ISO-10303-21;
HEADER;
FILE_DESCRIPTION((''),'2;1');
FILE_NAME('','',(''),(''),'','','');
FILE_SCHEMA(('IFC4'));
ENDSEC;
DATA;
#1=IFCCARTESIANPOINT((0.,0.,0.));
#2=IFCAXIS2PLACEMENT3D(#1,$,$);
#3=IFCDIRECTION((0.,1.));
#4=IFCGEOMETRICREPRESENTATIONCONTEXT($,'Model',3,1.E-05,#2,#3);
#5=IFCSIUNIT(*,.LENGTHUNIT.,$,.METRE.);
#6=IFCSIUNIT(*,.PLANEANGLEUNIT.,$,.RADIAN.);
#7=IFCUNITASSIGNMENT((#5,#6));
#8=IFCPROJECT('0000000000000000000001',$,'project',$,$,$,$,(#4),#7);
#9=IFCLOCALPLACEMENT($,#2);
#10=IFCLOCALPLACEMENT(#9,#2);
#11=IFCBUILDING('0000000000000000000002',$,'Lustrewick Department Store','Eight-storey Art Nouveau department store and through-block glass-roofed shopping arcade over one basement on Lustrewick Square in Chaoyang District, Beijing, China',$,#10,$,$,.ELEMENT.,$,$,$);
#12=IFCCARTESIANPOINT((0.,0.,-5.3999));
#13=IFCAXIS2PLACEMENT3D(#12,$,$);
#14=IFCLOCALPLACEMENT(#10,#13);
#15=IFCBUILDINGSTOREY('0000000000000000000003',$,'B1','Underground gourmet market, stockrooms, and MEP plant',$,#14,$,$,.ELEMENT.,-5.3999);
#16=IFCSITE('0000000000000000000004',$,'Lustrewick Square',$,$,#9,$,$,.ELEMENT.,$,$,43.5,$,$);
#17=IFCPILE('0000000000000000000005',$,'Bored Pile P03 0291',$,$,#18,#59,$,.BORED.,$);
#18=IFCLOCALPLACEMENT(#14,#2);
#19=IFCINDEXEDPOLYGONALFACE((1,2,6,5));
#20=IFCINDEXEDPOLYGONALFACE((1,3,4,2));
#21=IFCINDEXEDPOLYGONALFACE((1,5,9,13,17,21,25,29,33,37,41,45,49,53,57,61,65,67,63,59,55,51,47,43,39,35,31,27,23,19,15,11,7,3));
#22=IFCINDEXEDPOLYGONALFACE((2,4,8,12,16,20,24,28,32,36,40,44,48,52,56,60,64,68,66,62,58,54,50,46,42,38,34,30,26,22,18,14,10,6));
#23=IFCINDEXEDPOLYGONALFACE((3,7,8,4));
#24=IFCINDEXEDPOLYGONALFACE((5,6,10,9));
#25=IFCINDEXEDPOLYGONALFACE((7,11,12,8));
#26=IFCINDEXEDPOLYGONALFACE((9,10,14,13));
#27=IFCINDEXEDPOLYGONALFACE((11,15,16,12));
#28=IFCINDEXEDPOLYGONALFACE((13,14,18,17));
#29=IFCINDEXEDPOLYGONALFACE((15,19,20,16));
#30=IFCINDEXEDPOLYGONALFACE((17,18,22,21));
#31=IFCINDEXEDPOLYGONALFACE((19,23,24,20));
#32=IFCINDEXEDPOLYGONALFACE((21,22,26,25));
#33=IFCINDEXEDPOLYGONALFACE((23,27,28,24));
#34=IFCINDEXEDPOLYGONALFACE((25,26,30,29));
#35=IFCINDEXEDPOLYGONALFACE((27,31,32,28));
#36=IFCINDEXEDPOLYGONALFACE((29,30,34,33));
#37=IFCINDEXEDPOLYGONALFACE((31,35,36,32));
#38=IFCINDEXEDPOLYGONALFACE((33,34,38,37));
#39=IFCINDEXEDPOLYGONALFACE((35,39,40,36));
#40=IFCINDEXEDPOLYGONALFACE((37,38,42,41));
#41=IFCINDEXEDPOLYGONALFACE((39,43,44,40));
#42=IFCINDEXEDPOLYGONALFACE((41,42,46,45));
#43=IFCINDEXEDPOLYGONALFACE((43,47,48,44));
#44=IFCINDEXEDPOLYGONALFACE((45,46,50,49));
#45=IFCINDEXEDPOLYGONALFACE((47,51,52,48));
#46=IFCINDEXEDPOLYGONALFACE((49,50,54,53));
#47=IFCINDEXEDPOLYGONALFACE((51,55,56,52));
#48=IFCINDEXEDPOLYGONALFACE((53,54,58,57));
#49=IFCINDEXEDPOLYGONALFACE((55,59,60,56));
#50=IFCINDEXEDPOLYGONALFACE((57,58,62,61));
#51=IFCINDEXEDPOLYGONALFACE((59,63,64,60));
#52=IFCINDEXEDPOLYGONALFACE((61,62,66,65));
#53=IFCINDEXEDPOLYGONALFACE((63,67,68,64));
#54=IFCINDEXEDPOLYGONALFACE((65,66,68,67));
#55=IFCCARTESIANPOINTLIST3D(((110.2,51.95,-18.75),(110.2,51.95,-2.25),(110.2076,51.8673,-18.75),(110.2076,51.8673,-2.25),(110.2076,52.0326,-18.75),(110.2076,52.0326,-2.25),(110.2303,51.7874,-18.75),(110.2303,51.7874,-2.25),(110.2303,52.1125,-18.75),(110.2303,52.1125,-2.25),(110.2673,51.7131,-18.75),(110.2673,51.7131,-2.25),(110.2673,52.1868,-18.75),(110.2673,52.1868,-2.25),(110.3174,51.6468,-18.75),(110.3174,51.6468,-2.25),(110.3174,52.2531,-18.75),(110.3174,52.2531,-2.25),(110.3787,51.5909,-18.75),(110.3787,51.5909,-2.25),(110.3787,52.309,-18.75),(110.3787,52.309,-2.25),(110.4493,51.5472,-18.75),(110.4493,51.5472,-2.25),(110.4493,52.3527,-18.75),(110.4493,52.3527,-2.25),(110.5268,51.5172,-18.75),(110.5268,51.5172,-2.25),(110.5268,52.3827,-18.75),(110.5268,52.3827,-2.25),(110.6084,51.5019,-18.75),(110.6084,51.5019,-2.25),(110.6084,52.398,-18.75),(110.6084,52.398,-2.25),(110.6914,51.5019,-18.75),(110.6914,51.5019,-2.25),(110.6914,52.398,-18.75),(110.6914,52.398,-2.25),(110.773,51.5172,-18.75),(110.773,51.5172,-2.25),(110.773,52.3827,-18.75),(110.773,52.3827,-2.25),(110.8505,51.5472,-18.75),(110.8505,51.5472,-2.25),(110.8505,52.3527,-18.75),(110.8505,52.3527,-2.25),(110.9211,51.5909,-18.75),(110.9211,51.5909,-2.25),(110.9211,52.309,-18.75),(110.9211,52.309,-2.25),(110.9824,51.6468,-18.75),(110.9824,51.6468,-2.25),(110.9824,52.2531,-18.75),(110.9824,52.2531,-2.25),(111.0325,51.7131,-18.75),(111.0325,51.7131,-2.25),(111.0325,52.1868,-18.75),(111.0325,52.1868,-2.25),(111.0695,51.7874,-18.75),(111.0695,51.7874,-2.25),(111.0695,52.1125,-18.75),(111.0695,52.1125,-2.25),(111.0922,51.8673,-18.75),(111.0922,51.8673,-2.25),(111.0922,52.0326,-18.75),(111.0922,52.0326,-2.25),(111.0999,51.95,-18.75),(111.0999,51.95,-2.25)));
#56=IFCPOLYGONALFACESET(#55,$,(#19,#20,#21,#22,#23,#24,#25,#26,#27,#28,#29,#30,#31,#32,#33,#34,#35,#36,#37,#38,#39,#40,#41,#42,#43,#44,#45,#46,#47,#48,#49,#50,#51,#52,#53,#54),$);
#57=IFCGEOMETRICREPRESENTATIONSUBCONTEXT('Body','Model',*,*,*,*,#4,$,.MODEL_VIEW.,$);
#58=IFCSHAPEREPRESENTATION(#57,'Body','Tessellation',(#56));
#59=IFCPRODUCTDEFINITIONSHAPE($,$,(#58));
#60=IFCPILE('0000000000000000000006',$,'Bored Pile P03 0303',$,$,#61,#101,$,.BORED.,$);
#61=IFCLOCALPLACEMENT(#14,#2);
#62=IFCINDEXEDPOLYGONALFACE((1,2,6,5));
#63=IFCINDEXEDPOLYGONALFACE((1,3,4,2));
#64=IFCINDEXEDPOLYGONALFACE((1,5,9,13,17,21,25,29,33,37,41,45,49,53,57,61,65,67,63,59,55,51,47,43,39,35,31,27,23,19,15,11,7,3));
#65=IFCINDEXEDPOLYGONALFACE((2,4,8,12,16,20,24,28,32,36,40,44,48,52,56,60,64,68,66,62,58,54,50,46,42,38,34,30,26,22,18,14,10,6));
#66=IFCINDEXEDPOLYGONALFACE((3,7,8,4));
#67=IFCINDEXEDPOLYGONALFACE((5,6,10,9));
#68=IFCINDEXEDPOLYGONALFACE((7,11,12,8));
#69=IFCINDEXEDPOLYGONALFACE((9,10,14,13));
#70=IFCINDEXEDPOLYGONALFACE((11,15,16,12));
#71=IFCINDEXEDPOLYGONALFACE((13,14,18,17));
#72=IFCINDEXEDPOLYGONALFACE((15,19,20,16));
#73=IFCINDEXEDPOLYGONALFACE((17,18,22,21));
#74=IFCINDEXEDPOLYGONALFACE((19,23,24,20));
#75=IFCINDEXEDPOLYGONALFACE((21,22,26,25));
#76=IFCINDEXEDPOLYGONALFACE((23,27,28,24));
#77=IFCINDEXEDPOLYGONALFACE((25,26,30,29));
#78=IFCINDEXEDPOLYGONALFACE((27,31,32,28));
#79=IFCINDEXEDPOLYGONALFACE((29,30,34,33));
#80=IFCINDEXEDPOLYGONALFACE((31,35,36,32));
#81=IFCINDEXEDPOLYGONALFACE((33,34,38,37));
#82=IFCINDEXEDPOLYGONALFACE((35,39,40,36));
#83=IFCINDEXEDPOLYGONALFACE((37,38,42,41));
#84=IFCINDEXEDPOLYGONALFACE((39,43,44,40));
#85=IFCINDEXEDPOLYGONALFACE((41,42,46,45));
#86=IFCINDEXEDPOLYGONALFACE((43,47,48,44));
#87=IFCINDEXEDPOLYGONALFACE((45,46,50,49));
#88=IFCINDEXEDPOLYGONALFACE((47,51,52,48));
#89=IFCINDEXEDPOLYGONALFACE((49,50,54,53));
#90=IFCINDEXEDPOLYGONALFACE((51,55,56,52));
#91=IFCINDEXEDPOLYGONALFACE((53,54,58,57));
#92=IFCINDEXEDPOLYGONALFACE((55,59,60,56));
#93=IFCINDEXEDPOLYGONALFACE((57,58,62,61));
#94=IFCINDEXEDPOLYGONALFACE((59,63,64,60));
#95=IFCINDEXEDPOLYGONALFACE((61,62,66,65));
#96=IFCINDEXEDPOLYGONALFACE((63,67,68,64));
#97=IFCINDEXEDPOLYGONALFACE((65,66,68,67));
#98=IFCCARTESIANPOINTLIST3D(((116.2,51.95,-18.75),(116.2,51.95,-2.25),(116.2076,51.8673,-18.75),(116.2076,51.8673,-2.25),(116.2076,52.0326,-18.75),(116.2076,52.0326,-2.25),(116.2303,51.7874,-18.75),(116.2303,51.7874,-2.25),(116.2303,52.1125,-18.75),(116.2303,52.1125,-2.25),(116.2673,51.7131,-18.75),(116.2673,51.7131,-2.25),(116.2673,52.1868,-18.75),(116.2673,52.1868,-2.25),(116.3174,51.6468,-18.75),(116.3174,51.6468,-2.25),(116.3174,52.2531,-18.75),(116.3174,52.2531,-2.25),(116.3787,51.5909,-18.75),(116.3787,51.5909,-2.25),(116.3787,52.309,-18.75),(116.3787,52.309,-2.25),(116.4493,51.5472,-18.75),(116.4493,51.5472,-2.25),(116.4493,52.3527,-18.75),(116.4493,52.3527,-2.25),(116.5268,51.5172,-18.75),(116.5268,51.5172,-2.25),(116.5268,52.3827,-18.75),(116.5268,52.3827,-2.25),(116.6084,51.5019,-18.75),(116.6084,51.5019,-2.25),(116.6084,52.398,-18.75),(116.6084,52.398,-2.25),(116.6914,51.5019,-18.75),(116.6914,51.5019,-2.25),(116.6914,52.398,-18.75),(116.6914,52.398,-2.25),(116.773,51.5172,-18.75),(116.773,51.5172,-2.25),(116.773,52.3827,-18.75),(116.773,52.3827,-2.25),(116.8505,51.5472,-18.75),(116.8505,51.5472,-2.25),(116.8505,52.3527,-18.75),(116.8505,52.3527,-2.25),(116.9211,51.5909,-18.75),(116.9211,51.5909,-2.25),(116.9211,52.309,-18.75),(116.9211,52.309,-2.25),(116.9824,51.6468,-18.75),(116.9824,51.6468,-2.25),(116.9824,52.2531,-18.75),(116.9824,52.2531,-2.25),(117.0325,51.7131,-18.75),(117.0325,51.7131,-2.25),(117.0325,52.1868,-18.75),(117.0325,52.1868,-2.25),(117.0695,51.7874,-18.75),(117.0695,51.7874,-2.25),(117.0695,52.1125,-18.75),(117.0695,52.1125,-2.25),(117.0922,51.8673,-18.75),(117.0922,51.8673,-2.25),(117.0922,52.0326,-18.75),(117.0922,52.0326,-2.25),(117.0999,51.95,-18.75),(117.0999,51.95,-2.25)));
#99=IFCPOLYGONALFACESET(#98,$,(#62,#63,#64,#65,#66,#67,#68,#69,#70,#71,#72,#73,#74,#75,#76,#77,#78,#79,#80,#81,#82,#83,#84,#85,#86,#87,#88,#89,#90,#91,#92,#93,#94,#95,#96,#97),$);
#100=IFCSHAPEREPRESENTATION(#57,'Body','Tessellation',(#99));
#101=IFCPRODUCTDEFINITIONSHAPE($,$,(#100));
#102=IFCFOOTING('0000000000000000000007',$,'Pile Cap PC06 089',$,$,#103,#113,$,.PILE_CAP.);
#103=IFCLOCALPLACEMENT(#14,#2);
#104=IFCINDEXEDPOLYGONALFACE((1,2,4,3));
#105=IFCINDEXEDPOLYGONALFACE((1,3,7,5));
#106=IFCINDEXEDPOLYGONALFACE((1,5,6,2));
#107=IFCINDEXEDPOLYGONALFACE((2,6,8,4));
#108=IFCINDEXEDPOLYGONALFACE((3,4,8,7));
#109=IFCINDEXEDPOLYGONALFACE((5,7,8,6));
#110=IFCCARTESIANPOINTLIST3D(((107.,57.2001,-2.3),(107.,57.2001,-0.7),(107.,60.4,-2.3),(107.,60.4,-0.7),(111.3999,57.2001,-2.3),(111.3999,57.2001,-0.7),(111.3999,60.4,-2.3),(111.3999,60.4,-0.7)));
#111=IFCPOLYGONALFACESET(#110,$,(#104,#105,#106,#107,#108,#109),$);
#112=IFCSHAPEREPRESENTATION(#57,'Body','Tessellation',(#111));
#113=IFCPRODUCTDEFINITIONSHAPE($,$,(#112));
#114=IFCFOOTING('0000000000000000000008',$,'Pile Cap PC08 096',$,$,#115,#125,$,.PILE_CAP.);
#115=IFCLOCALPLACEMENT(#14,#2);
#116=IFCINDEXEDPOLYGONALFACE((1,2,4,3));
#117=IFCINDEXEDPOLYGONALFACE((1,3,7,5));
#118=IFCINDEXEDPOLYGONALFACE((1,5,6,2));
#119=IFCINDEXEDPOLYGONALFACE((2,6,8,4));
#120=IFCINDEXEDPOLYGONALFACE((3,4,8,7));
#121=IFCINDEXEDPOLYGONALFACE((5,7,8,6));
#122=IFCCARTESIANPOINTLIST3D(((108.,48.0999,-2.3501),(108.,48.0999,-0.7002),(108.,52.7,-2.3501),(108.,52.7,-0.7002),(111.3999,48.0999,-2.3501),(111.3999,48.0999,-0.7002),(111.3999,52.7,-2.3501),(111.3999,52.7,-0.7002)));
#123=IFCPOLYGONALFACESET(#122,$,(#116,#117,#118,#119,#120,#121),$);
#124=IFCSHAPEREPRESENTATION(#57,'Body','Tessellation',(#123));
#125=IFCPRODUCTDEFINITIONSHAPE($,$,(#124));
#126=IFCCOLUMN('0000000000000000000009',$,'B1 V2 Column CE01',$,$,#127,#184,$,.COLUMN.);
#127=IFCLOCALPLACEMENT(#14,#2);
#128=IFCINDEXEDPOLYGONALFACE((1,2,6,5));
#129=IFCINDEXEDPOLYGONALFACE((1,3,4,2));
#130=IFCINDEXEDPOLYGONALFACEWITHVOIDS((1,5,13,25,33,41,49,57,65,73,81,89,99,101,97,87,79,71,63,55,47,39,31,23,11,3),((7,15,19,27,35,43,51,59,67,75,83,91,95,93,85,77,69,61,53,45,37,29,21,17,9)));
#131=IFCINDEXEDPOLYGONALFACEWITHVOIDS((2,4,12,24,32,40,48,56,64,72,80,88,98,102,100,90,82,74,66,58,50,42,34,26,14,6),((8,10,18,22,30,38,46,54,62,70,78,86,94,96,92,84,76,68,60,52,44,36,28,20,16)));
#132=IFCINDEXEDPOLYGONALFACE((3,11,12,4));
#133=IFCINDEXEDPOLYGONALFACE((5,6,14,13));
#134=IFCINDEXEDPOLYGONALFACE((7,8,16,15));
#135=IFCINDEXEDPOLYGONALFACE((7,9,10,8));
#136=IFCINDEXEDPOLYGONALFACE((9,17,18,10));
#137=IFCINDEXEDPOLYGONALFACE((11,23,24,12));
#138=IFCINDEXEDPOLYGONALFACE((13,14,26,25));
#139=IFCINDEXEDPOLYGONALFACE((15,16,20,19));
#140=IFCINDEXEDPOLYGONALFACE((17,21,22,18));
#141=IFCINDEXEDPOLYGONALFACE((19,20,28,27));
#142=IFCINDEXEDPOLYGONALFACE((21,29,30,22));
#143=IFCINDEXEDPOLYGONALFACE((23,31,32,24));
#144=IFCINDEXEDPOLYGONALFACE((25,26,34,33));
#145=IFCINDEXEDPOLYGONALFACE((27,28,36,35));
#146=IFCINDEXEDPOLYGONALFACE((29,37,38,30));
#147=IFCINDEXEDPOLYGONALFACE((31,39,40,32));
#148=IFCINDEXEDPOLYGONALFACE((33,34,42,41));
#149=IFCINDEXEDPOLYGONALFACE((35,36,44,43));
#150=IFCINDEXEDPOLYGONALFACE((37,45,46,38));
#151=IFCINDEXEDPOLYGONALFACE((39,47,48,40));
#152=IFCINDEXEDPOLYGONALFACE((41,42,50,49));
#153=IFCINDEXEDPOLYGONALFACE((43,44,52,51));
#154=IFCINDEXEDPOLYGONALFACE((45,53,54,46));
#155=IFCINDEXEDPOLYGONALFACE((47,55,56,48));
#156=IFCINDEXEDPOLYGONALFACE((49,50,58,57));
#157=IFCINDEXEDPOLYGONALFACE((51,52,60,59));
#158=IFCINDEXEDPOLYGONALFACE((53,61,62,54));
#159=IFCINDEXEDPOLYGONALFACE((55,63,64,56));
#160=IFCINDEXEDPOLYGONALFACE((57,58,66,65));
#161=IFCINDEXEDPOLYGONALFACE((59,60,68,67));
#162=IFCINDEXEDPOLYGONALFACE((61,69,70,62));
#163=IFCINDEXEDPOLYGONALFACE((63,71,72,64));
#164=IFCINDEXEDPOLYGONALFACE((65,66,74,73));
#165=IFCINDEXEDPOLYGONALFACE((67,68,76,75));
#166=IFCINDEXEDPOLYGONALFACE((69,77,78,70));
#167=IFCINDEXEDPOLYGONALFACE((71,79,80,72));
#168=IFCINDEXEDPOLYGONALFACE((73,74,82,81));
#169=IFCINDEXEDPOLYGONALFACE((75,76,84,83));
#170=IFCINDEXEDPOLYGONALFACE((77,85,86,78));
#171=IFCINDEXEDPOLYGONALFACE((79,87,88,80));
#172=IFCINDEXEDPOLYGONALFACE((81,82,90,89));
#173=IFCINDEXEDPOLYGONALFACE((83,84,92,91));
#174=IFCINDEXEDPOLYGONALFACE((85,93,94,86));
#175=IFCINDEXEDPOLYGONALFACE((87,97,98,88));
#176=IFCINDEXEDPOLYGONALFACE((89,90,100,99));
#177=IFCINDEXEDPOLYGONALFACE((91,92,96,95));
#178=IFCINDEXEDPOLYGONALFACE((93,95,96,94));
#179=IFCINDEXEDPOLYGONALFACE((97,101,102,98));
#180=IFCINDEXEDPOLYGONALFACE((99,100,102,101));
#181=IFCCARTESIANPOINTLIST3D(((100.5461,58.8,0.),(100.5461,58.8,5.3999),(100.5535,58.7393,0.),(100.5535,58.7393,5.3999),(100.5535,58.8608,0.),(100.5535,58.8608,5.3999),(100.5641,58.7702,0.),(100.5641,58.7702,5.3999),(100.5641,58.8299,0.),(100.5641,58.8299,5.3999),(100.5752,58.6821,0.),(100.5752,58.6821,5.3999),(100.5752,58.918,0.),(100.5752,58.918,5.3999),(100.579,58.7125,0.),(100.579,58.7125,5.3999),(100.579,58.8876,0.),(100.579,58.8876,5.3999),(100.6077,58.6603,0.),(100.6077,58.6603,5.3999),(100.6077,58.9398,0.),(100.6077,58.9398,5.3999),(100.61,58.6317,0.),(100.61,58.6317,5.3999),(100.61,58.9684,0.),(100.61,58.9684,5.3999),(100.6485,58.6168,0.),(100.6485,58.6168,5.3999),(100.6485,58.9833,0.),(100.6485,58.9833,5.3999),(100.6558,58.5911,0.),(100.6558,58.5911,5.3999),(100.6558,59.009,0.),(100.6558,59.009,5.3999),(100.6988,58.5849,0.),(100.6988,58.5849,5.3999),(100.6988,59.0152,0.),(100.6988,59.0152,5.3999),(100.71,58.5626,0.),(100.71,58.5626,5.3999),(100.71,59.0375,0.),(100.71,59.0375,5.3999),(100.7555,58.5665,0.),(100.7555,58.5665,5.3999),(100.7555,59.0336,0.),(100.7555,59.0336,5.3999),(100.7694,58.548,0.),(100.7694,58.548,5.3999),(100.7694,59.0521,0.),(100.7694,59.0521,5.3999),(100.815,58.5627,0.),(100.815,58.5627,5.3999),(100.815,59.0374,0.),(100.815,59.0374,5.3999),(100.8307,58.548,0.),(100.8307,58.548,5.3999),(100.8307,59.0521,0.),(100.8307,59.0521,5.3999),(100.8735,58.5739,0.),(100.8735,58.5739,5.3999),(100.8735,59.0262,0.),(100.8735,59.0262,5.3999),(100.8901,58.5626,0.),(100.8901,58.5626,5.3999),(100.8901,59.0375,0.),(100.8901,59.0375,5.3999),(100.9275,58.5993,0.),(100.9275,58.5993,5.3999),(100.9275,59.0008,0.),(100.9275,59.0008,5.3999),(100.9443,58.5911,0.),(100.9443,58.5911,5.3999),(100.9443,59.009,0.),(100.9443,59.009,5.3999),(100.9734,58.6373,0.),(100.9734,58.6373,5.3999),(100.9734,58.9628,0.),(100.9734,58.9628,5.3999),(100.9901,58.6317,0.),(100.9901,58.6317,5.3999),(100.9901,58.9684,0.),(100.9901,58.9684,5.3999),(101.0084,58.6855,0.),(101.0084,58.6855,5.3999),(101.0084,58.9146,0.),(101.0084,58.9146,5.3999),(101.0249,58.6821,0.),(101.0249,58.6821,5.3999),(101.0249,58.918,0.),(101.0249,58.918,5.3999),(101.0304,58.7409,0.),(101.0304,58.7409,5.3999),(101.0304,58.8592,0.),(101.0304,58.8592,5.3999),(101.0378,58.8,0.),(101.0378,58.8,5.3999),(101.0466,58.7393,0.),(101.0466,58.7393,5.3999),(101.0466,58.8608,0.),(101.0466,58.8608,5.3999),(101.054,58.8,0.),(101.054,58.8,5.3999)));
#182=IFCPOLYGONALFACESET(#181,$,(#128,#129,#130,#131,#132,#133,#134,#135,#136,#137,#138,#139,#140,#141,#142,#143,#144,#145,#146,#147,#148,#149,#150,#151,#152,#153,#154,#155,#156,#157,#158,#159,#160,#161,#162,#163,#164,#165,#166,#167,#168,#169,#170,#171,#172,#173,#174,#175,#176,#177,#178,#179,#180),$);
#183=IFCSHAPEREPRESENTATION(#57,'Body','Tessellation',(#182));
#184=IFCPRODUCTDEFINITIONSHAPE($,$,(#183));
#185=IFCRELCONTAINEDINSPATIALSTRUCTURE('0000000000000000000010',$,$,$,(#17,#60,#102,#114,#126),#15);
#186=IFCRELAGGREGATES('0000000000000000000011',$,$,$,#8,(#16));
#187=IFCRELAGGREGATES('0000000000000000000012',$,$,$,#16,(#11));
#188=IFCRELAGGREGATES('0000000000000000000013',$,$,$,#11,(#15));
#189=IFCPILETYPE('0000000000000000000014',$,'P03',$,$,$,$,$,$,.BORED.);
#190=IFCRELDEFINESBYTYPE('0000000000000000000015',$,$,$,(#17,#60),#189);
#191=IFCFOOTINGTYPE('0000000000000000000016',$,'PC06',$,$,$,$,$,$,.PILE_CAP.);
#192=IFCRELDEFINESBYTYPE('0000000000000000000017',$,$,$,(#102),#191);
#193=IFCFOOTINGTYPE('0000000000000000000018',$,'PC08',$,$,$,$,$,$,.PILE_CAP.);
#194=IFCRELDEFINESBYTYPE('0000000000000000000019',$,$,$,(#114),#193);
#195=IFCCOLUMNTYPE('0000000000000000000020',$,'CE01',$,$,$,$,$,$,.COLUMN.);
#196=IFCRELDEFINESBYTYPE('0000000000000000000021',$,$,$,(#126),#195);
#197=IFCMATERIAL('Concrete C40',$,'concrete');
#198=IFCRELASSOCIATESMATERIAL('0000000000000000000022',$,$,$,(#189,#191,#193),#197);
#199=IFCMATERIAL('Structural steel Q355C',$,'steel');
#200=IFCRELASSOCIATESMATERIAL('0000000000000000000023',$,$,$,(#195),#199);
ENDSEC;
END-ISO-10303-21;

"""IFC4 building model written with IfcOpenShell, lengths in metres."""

from ifc_helpers import new_model, si_unit, direction, frame, origin, origin_2d, place, context, subcontext, project, spatial, rectangle, circle, hollow_circle, extrude, material, material_profile, profile_set, type_object, element, save


model = new_model("IFC4")

# Units and contexts
model_context = context("Model", 3, precision=1e-05, world=origin(), true_north=direction((0.0, 1.0)))
body_context = subcontext(model_context, "Body", "Model", "MODEL_VIEW")
ifc_project = project(units=[si_unit("LENGTHUNIT", "METRE"), si_unit("PLANEANGLEUNIT", "RADIAN")], contexts=[model_context])

# Site, building, storey
site_placement = place(None, origin())
site = spatial("IfcSite", under=ifc_project, at=site_placement, Name="Lustrewick Square", CompositionType="ELEMENT", RefElevation=43.5)
building_placement = place(site_placement, origin())
building = spatial("IfcBuilding", under=site, at=building_placement, Name="Lustrewick Department Store", Description="Eight-storey Art Nouveau department store and through-block glass-roofed shopping arcade over one basement on Lustrewick Square in Chaoyang District, Beijing, China", CompositionType="ELEMENT")
storey_placement = place(building_placement, frame((0.0, 0.0, -5.3999)))
storey = spatial("IfcBuildingStorey", under=building, at=storey_placement, Name="B1", Description="Underground gourmet market, stockrooms, and MEP plant", CompositionType="ELEMENT", Elevation=-5.3999)

# Piles
ifc_material_1 = material(Name="Concrete C40", Category="concrete")
ifc_material_profile_1 = material_profile(ifc_material_1, circle(Radius=0.45, at=origin_2d()), Name="PILE D900")
ifc_profile_set_1 = profile_set([ifc_material_profile_1], Name="Concrete C40")
pile_type_1 = type_object("IfcPileType", Name="P03", PredefinedType="BORED", material=ifc_profile_set_1)
for number, where, z_axis, x_axis, name in (
    (1, (110.6499, 51.95, -2.25), (0.0, 0.0, -1.0), (1.0, 0.0, 0.0), "Bored Pile P03 0291"),
    (2, (116.6499, 51.95, -2.25), (0.0, 0.0, -1.0), (1.0, 0.0, 0.0), "Bored Pile P03 0303"),
):
    element("IfcPile", number, at=place(storey_placement, frame(where, z_axis=z_axis, x_axis=x_axis)), inside=storey, type_object=pile_type_1, Name=name, PredefinedType="BORED", context=body_context, shape_type="SweptSolid", body=[
        extrude(circle(Radius=0.45, at=origin_2d()), origin(), (0.0, 0.0, 1.0), 16.5),
    ])

# Footings
footing_type_1 = type_object("IfcFootingType", Name="PC06", PredefinedType="PILE_CAP", material=ifc_material_1)
footing_1_placement = place(storey_placement, frame((109.2, 58.8, -2.3), z_axis=(0.0, 0.0, 1.0), x_axis=(1.0, 0.0, 0.0)))
element("IfcFooting", 3, at=footing_1_placement, inside=storey, type_object=footing_type_1, Name="Pile Cap PC06 089", PredefinedType="PILE_CAP", context=body_context, shape_type="SweptSolid", body=[
    extrude(rectangle(XDim=4.3999, YDim=3.2, at=origin_2d()), origin(), (0.0, 0.0, 1.0), 1.6001),
])
footing_type_2 = type_object("IfcFootingType", Name="PC08", PredefinedType="PILE_CAP", material=ifc_material_1)
footing_2_placement = place(storey_placement, frame((109.7, 50.3999, -2.3501), z_axis=(0.0, 0.0, 1.0), x_axis=(1.0, 0.0, 0.0)))
element("IfcFooting", 4, at=footing_2_placement, inside=storey, type_object=footing_type_2, Name="Pile Cap PC08 096", PredefinedType="PILE_CAP", context=body_context, shape_type="SweptSolid", body=[
    extrude(rectangle(XDim=3.3999, YDim=4.6001, at=origin_2d()), origin(), (0.0, 0.0, 1.0), 1.6499),
])

# Column
ifc_material_2 = material(Name="Structural steel Q355C", Category="steel")
ifc_material_profile_2 = material_profile(ifc_material_2, hollow_circle(Radius=0.2539, WallThickness=0.0161, at=origin_2d()), Name="CHS 508x16")
ifc_profile_set_2 = profile_set([ifc_material_profile_2], Name="Structural steel Q355C")
column_type_1 = type_object("IfcColumnType", Name="CE01", PredefinedType="COLUMN", material=ifc_profile_set_2)
column_1_placement = place(storey_placement, frame((100.8, 58.8, 0.0), z_axis=(0.0, 0.0, 1.0), x_axis=(1.0, 0.0, 0.0)))
element("IfcColumn", 5, at=column_1_placement, inside=storey, type_object=column_type_1, Name="B1 V2 Column CE01", PredefinedType="COLUMN", context=body_context, shape_type="SweptSolid", body=[
    extrude(hollow_circle(Radius=0.2539, WallThickness=0.0161, at=origin_2d()), origin(), (0.0, 0.0, 1.0), 5.3999),
])

save(model, "model.ifc")
